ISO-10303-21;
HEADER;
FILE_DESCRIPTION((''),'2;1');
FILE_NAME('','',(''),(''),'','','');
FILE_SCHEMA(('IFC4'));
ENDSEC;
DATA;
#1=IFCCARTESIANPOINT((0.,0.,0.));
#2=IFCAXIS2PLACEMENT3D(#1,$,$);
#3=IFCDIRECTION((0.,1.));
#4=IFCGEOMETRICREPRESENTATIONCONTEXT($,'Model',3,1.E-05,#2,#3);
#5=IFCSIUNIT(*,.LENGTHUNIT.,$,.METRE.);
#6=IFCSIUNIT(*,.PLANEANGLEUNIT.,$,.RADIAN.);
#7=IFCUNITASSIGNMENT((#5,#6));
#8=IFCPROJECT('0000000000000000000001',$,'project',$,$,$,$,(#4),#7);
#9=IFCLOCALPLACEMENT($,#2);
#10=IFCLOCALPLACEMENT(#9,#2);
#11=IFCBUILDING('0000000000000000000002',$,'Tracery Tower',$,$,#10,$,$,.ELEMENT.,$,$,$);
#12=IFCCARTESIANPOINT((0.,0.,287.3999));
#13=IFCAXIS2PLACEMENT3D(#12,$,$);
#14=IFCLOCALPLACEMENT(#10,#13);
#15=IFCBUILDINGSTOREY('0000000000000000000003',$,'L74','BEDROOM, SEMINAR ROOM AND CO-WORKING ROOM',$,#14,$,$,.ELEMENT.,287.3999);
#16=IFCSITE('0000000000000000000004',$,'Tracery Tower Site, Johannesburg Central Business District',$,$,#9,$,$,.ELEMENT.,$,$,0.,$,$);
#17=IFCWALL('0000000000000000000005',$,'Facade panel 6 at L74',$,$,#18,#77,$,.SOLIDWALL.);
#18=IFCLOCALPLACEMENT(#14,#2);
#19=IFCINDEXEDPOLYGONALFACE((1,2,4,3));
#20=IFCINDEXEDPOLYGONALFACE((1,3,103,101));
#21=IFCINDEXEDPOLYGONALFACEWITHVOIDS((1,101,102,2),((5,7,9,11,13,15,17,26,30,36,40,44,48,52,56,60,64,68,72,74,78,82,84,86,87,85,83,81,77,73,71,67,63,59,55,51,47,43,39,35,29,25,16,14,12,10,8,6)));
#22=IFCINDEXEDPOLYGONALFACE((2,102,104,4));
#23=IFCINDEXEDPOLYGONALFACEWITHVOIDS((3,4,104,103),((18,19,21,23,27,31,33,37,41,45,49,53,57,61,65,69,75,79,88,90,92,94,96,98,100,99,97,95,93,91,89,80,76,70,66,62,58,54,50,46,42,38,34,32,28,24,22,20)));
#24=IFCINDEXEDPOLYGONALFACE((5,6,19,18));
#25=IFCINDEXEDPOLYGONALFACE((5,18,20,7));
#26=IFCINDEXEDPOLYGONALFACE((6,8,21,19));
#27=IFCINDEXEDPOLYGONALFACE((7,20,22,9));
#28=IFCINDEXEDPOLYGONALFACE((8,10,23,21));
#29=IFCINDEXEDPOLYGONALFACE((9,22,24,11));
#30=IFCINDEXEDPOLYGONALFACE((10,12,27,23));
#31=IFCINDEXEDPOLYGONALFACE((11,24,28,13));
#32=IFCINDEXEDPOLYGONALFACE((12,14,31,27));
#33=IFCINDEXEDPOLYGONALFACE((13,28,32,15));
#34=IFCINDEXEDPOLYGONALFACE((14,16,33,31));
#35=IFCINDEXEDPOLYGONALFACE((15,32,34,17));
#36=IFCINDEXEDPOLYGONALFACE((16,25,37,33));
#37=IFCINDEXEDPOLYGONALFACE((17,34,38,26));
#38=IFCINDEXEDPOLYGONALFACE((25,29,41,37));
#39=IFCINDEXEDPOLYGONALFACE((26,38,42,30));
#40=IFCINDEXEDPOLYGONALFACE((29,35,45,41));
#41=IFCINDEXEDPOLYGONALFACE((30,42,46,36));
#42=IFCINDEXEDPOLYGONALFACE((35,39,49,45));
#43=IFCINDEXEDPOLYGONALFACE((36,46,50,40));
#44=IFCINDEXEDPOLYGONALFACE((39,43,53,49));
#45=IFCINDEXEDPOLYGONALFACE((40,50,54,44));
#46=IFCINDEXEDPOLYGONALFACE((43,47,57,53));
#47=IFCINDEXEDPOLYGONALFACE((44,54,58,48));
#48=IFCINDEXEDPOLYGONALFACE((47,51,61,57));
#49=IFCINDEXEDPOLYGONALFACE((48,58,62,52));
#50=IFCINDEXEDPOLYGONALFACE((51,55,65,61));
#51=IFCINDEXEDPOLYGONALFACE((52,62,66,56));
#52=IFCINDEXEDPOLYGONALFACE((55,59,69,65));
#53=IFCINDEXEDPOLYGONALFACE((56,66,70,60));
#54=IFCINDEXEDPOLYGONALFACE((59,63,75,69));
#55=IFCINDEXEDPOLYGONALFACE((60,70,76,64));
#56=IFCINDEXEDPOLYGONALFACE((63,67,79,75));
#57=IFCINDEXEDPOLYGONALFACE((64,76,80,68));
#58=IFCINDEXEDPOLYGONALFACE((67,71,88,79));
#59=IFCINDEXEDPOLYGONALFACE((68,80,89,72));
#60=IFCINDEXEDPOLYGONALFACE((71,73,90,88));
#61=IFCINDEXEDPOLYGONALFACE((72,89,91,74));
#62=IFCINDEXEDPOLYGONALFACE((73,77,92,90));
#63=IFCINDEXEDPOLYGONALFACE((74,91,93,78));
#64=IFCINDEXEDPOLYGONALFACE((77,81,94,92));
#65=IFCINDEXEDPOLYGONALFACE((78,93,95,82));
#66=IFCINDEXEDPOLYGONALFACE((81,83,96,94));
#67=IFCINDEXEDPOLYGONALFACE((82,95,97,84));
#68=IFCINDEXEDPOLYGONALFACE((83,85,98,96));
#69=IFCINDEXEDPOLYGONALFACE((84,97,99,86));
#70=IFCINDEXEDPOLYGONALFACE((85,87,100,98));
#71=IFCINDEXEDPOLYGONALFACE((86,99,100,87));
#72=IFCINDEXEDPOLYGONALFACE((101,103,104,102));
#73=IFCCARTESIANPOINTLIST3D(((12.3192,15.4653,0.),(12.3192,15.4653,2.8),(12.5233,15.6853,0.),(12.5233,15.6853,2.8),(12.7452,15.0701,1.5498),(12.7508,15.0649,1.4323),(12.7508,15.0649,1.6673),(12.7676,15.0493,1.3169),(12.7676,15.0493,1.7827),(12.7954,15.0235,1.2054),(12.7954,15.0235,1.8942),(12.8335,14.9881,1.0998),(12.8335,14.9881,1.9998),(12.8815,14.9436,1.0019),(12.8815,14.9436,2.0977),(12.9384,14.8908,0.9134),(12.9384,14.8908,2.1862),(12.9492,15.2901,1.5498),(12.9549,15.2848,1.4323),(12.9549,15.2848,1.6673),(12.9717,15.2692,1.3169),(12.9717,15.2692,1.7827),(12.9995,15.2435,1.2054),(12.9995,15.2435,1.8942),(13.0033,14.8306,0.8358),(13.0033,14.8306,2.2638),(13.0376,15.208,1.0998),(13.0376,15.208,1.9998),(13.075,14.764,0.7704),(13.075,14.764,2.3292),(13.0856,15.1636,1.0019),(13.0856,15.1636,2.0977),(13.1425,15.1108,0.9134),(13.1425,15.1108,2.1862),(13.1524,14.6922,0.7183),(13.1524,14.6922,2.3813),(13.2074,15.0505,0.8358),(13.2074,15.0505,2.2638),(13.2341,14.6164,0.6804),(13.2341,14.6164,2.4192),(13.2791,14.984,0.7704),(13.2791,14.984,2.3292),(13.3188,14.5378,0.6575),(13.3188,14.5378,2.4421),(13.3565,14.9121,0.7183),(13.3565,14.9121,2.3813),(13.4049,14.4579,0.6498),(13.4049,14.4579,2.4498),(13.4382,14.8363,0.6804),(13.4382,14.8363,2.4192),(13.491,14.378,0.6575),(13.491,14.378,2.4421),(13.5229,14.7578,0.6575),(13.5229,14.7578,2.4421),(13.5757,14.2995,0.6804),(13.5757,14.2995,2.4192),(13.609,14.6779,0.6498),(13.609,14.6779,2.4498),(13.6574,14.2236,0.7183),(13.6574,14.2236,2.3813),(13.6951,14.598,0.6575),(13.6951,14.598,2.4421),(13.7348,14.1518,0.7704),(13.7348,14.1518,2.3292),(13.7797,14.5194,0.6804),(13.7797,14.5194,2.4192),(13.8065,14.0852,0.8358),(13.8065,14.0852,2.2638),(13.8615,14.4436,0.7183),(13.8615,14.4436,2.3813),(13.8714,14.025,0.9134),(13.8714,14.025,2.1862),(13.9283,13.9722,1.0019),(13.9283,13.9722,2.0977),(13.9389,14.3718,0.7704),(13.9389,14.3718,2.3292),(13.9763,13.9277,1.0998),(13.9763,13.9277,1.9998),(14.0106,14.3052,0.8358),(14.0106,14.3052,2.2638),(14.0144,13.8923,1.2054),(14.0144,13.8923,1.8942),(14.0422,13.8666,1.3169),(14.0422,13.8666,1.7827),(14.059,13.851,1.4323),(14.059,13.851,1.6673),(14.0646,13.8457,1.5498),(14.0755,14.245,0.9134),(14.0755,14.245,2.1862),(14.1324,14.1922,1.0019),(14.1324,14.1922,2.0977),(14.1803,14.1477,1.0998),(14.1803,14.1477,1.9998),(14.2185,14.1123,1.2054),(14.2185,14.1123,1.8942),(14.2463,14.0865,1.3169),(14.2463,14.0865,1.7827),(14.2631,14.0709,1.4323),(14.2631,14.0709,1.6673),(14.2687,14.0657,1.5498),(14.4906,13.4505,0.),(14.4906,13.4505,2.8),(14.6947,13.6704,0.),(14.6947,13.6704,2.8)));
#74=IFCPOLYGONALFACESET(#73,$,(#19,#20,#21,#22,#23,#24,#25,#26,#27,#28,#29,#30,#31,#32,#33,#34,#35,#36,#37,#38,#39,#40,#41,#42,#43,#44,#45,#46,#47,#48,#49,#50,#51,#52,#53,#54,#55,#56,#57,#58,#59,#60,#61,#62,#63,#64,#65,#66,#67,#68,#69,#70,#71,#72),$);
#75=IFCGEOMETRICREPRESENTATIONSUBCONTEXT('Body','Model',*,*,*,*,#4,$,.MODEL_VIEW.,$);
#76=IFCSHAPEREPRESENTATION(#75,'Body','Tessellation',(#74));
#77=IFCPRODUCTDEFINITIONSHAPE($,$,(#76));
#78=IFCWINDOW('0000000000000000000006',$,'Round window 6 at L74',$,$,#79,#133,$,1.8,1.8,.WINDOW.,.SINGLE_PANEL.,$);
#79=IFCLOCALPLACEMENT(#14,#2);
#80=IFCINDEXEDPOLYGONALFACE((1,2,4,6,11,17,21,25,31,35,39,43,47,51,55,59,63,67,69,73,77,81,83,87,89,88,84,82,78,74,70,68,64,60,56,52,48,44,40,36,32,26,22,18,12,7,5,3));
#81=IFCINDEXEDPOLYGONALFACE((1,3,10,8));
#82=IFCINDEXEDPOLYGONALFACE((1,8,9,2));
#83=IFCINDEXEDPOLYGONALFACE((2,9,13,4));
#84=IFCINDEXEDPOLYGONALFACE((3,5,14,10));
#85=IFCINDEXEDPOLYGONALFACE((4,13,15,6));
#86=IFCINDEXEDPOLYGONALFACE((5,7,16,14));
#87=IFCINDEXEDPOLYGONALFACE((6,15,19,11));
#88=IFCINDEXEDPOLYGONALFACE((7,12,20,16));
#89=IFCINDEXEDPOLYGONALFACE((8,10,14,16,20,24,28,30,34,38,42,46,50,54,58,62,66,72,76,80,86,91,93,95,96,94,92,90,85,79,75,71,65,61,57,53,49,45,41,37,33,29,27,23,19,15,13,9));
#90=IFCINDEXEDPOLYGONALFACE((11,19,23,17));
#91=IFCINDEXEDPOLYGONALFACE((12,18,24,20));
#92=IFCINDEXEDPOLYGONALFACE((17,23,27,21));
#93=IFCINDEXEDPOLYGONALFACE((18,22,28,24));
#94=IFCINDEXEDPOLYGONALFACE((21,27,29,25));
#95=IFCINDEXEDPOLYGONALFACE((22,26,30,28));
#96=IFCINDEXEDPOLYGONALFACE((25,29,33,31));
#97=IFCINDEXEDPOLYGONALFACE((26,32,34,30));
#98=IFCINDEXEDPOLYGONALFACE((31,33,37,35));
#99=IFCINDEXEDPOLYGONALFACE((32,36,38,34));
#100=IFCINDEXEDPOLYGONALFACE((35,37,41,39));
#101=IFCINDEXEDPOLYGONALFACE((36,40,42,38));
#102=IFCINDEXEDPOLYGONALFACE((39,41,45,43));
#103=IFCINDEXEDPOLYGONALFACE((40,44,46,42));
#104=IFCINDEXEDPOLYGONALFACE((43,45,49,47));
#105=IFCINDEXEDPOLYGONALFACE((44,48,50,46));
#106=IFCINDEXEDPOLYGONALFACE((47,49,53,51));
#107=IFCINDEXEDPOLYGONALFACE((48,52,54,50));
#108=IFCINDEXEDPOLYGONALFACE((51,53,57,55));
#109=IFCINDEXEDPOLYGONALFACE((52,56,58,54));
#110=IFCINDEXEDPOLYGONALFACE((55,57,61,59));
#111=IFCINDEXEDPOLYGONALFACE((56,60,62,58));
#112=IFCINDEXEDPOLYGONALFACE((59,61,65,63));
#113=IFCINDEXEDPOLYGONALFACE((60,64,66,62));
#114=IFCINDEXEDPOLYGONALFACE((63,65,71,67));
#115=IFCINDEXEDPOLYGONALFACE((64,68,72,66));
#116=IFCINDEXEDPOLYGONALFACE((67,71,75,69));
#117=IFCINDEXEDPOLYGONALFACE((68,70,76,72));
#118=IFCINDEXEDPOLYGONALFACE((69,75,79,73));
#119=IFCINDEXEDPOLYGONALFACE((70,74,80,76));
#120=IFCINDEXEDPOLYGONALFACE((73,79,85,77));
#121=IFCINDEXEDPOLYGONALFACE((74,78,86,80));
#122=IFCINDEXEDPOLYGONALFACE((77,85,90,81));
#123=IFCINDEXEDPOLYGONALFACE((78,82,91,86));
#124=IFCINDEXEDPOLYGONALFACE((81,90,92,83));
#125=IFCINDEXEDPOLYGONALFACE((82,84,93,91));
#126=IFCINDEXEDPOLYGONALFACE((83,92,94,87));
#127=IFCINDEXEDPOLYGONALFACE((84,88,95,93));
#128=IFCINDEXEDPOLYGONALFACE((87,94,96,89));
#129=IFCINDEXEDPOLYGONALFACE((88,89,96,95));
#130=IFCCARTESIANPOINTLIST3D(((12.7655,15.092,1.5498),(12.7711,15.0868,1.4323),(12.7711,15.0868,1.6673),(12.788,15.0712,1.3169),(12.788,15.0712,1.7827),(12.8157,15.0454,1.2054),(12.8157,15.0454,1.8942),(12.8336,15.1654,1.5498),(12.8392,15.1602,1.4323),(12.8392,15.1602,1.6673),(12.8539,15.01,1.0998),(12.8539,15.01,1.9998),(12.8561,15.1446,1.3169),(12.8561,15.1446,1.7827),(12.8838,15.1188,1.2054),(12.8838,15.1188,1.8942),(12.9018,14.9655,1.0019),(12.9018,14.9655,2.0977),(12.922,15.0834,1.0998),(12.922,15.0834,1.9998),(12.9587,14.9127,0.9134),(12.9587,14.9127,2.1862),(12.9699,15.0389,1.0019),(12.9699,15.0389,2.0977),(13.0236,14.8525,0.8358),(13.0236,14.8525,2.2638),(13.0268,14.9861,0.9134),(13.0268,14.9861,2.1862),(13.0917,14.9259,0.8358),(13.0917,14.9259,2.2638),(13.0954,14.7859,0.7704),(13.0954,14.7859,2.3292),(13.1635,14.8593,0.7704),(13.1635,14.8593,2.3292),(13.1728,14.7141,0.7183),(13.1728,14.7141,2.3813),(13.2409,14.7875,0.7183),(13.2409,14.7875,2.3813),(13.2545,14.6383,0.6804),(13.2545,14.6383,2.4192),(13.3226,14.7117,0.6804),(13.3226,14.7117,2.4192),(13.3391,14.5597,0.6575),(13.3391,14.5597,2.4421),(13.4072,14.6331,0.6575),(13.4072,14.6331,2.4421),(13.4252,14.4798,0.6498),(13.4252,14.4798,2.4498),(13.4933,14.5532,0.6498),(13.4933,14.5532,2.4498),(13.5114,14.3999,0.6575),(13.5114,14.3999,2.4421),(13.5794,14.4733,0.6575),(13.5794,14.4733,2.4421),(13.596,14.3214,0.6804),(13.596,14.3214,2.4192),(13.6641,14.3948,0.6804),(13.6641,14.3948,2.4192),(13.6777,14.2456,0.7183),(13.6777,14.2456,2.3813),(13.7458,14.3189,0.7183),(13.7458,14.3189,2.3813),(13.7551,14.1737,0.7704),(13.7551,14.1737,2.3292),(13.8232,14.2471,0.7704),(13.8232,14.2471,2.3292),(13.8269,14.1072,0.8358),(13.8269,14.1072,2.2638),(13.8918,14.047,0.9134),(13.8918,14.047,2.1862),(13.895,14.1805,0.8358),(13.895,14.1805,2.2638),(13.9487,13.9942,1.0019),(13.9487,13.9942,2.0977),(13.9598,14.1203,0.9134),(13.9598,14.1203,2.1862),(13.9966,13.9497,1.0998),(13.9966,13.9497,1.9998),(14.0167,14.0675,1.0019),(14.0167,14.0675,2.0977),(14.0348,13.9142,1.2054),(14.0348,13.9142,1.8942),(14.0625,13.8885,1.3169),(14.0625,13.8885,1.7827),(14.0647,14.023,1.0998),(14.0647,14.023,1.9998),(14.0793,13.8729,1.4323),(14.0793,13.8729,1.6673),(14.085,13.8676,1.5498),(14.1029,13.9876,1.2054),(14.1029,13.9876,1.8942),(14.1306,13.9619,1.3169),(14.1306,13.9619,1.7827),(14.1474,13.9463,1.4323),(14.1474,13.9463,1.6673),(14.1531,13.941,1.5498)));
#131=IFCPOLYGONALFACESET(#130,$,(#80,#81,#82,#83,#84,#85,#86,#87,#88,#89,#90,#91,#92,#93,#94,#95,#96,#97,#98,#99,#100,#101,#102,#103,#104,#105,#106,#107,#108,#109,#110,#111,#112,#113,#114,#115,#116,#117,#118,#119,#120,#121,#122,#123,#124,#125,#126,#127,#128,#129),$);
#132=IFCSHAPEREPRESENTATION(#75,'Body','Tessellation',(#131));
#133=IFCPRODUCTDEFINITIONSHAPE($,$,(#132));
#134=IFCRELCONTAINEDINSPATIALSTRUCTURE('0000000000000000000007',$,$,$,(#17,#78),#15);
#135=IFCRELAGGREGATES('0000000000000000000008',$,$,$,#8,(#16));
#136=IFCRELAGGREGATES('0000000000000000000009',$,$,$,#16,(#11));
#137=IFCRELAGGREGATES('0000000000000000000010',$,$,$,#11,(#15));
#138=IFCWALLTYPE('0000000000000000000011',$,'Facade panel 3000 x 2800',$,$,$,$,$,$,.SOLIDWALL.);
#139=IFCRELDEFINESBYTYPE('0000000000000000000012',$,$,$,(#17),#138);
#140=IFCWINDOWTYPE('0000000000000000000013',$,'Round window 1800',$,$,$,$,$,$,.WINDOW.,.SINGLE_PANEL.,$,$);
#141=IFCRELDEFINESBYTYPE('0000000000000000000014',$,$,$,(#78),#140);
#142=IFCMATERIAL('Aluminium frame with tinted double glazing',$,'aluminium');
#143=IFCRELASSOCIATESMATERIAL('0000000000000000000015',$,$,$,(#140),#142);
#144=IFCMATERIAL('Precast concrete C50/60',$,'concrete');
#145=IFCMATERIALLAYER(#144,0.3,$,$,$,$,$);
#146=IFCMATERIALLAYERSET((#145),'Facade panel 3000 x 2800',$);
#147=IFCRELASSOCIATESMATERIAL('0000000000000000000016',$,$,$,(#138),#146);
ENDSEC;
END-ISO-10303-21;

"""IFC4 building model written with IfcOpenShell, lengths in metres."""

from ifc_helpers import new_model, si_unit, direction, frame, frame_2d, origin, origin_2d, place, context, subcontext, project, spatial, rectangle, circle, extrude, material, layer, layer_set, type_object, element, fill, save


model = new_model("IFC4")

# Units and contexts
model_context = context("Model", 3, precision=1e-05, world=origin(), true_north=direction((0.0, 1.0)))
body_context = subcontext(model_context, "Body", "Model", "MODEL_VIEW")
ifc_project = project(units=[si_unit("LENGTHUNIT", "METRE"), si_unit("PLANEANGLEUNIT", "RADIAN")], contexts=[model_context])

# Site, building, storey
site_placement = place(None, origin())
site = spatial("IfcSite", under=ifc_project, at=site_placement, Name="Tracery Tower Site, Johannesburg Central Business District", CompositionType="ELEMENT", RefElevation=0.0)
building_placement = place(site_placement, origin())
building = spatial("IfcBuilding", under=site, at=building_placement, Name="Tracery Tower", CompositionType="ELEMENT")
storey_placement = place(building_placement, frame((0.0, 0.0, 287.3999)))
storey = spatial("IfcBuildingStorey", under=building, at=storey_placement, Name="L74", Description="BEDROOM, SEMINAR ROOM AND CO-WORKING ROOM", CompositionType="ELEMENT", Elevation=287.3999)

# Wall, opening, window
ifc_material_1 = material(Name="Aluminium frame with tinted double glazing", Category="aluminium")
window_type = type_object("IfcWindowType", Name="Round window 1800", PartitioningType="SINGLE_PANEL", PredefinedType="WINDOW", material=ifc_material_1)
ifc_material_2 = material(Name="Precast concrete C50/60", Category="concrete")
ifc_layer_1 = layer(ifc_material_2, 0.3)
ifc_layer_set_1 = layer_set([ifc_layer_1], Name="Facade panel 3000 x 2800")
wall_type_1 = type_object("IfcWallType", Name="Facade panel 3000 x 2800", PredefinedType="SOLIDWALL", material=ifc_layer_set_1)
wall_1_placement = place(storey_placement, frame((14.5925, 13.5605, 0.0), z_axis=(0.0, 0.0, 1.0), x_axis=(-0.733028, 0.680198, 0.0)))
wall_1 = element("IfcWall", 1, at=wall_1_placement, inside=storey, type_object=wall_type_1, Name="Facade panel 6 at L74", PredefinedType="SOLIDWALL", context=body_context, shape_type="SweptSolid", body=[
    extrude(rectangle(XDim=2.9622, YDim=0.3, at=frame_2d((1.481, 0.0))), origin(), (0.0, 0.0, 1.0), 2.8),
])
opening_1_placement = place(wall_1_placement, frame((1.481, 0.0, 1.5498)))
opening_1 = element("IfcOpeningElement", 2, at=opening_1_placement, cuts=wall_1, PredefinedType="OPENING", context=body_context, shape_type="SweptSolid", body=[
    extrude(circle(Radius=0.9, at=origin_2d()), frame((0.0, 0.1599, 0.0), z_axis=(0.0, -1.0, 0.0), x_axis=(1.0, 0.0, 0.0)), (0.0, 0.0, 1.0), 0.3201),
])
window_1_placement = place(opening_1_placement, origin())
window_1 = element("IfcWindow", 3, at=window_1_placement, inside=storey, type_object=window_type, Name="Round window 6 at L74", OverallHeight=1.8, OverallWidth=1.8, PartitioningType="SINGLE_PANEL", PredefinedType="WINDOW", context=body_context, shape_type="SweptSolid", body=[
    extrude(circle(Radius=0.9, at=origin_2d()), frame((0.0, 0.1201, 0.0), z_axis=(0.0, -1.0, 0.0), x_axis=(1.0, 0.0, 0.0)), (0.0, 0.0, 1.0), 0.1001),
])
fill(opening_1, window_1)

save(model, "model.ifc")
